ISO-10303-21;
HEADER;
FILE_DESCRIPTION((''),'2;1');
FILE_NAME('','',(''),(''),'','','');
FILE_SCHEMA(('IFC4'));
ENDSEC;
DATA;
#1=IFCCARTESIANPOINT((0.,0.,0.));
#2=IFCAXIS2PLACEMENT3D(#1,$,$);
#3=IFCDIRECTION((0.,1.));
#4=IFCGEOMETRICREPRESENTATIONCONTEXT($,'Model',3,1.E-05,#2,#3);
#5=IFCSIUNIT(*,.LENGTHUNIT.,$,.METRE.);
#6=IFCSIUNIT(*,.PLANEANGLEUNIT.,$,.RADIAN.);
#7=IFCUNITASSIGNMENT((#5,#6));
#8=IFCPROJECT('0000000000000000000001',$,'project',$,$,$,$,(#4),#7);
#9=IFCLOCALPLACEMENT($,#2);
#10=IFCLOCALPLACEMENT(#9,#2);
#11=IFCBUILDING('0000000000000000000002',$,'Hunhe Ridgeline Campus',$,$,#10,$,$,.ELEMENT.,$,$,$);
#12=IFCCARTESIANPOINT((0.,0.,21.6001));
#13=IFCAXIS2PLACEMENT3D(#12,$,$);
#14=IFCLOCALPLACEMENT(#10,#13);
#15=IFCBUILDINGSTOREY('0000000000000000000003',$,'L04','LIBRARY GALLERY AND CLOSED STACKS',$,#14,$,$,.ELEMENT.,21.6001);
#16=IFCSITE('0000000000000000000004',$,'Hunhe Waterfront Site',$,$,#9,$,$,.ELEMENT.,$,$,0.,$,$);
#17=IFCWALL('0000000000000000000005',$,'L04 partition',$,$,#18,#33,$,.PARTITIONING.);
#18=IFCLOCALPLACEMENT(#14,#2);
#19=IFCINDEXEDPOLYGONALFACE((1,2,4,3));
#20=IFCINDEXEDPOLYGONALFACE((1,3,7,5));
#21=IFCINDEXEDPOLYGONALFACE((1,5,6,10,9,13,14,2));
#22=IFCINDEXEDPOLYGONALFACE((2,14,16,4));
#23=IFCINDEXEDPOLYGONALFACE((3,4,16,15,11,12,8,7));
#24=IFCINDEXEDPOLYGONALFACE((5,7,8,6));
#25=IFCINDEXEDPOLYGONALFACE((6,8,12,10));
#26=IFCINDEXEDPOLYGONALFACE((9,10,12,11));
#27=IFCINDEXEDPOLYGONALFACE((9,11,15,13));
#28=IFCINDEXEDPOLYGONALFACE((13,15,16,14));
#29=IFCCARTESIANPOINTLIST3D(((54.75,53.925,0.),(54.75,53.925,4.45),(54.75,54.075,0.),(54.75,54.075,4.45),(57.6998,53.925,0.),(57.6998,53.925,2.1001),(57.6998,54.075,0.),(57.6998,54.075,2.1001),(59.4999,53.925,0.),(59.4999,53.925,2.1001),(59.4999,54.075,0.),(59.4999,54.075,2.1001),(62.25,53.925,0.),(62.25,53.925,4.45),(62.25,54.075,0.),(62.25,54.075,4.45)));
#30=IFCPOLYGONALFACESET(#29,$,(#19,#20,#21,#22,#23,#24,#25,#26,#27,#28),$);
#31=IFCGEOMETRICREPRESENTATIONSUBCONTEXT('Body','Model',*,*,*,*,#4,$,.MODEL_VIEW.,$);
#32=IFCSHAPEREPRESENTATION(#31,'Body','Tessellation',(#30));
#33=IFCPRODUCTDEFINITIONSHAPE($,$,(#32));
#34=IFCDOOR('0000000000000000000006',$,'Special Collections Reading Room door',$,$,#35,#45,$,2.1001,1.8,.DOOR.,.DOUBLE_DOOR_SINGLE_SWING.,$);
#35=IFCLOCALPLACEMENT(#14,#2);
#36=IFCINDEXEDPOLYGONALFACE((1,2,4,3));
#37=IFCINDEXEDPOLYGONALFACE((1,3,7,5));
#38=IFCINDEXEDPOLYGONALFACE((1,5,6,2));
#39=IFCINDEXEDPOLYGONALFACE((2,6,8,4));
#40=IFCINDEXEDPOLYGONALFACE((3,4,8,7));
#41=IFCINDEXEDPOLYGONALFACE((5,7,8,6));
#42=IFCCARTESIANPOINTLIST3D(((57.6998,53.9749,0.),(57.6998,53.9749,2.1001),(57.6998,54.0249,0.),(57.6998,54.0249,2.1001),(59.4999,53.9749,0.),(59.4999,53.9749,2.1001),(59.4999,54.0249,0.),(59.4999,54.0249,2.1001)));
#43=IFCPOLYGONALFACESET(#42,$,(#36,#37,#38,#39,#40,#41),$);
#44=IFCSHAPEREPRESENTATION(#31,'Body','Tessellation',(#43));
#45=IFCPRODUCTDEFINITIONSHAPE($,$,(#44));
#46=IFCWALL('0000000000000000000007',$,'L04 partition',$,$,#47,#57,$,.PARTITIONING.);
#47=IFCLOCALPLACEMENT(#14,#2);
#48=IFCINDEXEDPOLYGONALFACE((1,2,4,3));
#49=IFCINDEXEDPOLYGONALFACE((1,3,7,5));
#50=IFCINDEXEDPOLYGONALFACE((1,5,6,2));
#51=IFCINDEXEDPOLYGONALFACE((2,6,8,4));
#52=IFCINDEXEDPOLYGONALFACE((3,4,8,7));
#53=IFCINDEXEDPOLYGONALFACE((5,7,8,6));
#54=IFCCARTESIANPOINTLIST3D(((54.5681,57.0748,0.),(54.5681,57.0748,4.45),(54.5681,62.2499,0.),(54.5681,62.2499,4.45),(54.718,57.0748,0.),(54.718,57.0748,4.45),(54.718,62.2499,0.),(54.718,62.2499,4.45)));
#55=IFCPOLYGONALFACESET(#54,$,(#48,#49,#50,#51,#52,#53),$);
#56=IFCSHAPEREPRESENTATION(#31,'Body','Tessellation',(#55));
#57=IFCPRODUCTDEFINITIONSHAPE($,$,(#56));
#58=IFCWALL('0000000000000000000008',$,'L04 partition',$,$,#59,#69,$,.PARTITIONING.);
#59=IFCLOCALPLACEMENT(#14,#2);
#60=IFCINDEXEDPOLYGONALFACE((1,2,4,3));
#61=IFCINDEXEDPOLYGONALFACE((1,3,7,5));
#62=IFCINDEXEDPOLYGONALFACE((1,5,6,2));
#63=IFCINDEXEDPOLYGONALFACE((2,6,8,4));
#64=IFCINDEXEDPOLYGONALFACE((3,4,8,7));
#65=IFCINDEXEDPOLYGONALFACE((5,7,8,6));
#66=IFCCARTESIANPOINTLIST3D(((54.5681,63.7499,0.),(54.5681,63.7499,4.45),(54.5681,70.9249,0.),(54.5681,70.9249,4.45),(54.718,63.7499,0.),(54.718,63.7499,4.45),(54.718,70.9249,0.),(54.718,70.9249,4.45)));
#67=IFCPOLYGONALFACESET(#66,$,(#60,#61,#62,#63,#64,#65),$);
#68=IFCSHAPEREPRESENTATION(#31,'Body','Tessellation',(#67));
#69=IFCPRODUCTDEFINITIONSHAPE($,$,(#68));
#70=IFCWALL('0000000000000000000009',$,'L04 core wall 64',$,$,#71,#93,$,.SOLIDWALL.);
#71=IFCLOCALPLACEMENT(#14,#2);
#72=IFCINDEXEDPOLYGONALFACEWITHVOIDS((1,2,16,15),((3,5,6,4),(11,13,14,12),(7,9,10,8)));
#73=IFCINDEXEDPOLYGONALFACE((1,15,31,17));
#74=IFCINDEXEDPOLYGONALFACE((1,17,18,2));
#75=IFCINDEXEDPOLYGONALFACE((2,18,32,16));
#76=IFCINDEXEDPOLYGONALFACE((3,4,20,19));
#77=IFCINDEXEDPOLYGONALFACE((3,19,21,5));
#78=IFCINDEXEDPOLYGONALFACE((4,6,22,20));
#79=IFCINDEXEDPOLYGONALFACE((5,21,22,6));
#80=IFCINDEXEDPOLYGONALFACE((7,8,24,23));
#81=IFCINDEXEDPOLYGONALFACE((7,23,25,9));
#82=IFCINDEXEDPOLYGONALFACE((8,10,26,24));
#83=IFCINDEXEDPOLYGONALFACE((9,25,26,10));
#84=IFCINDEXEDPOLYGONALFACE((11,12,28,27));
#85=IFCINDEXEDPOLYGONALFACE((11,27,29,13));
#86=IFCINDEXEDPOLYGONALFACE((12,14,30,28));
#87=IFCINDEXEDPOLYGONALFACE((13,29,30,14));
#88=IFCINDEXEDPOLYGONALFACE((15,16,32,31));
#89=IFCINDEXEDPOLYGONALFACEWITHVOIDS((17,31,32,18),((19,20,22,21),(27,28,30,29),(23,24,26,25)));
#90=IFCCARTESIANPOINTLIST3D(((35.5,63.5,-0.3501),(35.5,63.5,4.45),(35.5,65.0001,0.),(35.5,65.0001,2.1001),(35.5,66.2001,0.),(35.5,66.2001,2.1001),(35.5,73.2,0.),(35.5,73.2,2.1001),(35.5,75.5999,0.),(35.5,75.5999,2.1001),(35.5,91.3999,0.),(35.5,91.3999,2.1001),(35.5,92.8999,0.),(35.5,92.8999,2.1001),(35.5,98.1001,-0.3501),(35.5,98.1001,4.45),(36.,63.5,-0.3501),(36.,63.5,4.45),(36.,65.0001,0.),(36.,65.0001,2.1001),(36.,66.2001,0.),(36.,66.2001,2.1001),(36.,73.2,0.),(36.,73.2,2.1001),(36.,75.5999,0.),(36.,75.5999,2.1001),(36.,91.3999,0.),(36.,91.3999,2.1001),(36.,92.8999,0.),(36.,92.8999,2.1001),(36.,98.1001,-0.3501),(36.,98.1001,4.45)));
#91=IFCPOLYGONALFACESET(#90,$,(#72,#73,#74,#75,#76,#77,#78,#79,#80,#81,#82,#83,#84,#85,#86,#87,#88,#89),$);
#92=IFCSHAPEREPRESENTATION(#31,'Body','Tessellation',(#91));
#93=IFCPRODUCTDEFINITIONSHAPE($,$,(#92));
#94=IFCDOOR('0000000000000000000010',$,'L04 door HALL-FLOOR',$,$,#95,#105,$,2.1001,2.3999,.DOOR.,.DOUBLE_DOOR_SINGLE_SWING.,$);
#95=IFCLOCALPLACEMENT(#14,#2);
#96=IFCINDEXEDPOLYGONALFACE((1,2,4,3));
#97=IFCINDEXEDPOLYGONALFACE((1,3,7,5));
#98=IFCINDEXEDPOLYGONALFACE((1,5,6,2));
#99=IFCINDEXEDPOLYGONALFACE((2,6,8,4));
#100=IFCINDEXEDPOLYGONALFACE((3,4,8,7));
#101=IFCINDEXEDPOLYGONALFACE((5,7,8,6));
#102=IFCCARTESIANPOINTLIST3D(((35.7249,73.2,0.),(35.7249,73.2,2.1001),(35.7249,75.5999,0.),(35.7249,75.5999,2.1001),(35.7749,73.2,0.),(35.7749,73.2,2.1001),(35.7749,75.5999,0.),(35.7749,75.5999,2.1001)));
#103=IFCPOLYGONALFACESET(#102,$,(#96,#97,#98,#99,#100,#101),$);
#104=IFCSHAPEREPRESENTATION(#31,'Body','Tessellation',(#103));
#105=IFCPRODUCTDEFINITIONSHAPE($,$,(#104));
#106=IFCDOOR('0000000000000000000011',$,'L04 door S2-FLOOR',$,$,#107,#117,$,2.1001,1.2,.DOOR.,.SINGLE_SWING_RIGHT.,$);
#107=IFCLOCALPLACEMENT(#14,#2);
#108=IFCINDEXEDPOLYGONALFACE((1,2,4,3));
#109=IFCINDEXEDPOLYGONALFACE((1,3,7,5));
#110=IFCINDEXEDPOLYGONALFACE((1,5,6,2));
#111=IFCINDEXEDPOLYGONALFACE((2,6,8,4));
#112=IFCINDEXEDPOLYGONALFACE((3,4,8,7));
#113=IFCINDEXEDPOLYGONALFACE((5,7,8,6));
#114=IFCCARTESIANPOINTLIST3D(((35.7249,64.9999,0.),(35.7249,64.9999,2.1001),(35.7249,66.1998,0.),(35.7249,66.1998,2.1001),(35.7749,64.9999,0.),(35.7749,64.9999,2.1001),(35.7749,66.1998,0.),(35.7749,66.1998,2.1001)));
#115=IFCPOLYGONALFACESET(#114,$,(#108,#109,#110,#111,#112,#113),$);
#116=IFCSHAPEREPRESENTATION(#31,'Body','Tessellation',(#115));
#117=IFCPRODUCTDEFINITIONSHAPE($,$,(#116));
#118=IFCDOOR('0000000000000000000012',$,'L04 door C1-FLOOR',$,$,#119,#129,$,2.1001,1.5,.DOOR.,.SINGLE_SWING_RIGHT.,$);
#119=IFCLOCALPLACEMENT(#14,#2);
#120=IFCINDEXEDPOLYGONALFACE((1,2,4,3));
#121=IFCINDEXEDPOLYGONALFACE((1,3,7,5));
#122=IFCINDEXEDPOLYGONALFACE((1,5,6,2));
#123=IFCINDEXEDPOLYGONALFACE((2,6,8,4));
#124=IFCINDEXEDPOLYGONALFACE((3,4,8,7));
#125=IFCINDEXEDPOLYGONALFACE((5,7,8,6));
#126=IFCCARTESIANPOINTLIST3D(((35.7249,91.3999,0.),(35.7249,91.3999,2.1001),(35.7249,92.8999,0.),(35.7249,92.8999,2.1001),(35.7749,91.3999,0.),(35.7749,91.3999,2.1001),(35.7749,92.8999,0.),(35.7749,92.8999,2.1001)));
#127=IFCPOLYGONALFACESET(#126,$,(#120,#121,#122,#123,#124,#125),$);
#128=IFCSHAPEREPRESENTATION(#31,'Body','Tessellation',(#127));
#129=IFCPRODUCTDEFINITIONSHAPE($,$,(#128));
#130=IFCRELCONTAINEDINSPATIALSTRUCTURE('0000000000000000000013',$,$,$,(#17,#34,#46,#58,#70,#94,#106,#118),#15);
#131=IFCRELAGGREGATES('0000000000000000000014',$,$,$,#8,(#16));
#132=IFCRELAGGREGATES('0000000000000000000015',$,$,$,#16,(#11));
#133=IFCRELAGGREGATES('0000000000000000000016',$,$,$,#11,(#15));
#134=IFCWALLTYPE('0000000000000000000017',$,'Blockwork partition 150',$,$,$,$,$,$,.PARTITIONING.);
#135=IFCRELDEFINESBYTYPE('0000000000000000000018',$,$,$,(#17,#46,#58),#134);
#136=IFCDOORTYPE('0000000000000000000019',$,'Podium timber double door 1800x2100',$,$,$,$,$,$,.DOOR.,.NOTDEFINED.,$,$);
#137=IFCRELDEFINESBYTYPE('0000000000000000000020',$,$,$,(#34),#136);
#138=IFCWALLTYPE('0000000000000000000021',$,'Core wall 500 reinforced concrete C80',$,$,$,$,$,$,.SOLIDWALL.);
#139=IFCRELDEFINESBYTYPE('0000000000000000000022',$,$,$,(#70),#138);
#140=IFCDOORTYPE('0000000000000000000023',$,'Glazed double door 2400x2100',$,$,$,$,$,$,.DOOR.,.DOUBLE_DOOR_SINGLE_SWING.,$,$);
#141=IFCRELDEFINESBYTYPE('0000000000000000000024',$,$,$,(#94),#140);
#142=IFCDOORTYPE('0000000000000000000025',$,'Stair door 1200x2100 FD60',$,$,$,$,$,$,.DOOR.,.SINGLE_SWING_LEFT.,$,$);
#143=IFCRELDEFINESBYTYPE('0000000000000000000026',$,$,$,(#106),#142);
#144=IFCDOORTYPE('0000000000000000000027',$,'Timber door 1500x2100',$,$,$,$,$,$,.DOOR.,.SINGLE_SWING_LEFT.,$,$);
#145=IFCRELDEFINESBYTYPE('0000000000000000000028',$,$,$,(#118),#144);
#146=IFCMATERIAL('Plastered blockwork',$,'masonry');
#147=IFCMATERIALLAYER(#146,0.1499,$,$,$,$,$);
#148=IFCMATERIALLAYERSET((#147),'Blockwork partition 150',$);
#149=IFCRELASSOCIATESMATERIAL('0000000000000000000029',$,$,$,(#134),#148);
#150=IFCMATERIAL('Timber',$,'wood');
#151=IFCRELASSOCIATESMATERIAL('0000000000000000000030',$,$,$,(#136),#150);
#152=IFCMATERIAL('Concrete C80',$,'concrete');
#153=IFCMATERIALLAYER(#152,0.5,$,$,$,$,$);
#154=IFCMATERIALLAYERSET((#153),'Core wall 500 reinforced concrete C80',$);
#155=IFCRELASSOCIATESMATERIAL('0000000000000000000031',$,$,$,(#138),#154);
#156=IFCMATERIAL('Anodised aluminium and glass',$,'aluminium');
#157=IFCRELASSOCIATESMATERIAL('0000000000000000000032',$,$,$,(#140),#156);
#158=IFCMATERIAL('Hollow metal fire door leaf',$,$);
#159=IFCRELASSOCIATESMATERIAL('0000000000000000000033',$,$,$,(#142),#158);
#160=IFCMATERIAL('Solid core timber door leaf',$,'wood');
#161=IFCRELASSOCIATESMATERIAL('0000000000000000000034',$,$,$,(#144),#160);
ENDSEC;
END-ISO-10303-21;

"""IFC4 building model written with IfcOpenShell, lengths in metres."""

from ifc_helpers import new_model, si_unit, direction, frame, frame_2d, origin, place, context, subcontext, project, spatial, rectangle, extrude, material, layer, layer_set, type_object, element, fill, save


model = new_model("IFC4")

# Units and contexts
model_context = context("Model", 3, precision=1e-05, world=origin(), true_north=direction((0.0, 1.0)))
body_context = subcontext(model_context, "Body", "Model", "MODEL_VIEW")
ifc_project = project(units=[si_unit("LENGTHUNIT", "METRE"), si_unit("PLANEANGLEUNIT", "RADIAN")], contexts=[model_context])

# Site, building, storey
site_placement = place(None, origin())
site = spatial("IfcSite", under=ifc_project, at=site_placement, Name="Hunhe Waterfront Site", CompositionType="ELEMENT", RefElevation=0.0)
building_placement = place(site_placement, origin())
building = spatial("IfcBuilding", under=site, at=building_placement, Name="Hunhe Ridgeline Campus", CompositionType="ELEMENT")
storey_placement = place(building_placement, frame((0.0, 0.0, 21.6001)))
storey = spatial("IfcBuildingStorey", under=building, at=storey_placement, Name="L04", Description="LIBRARY GALLERY AND CLOSED STACKS", CompositionType="ELEMENT", Elevation=21.6001)

# Shared definitions
ifc_material_1 = material(Name="Concrete C80", Category="concrete")

# Shared definitions
ifc_material_2 = material(Name="Plastered blockwork", Category="masonry")
ifc_layer_1 = layer(ifc_material_2, 0.1499)
ifc_layer_set_1 = layer_set([ifc_layer_1], Name="Blockwork partition 150")
wall_type_1 = type_object("IfcWallType", Name="Blockwork partition 150", PredefinedType="PARTITIONING", material=ifc_layer_set_1)

# Shared definitions
ifc_material_3 = material(Name="Timber", Category="wood")

# Wall, opening, door
wall_1_placement = place(storey_placement, frame((54.75, 54.0, 0.0), z_axis=(0.0, 0.0, 1.0), x_axis=(1.0, 0.0, 0.0)))
wall_1 = element("IfcWall", 1, at=wall_1_placement, inside=storey, type_object=wall_type_1, Name="L04 partition", PredefinedType="PARTITIONING", context=body_context, shape_type="SweptSolid", body=[
    extrude(rectangle(XDim=7.5, YDim=0.1499, at=frame_2d((3.75, 0.0))), origin(), (0.0, 0.0, 1.0), 4.45),
])
opening_1_placement = place(wall_1_placement, frame((2.95, 0.0, 0.0)))
opening_1 = element("IfcOpeningElement", 2, at=opening_1_placement, cuts=wall_1, PredefinedType="OPENING", context=body_context, shape_type="SweptSolid", body=[
    extrude(rectangle(XDim=1.8, YDim=2.1001, at=frame_2d((0.8999, 1.05))), frame((0.0, 0.075, 0.0), z_axis=(0.0, -1.0, 0.0), x_axis=(1.0, 0.0, 0.0)), (0.0, 0.0, 1.0), 0.1499),
])
door_type_1 = type_object("IfcDoorType", Name="Podium timber double door 1800x2100", OperationType="NOTDEFINED", PredefinedType="DOOR", material=ifc_material_3)
door_1_placement = place(opening_1_placement, origin())
door_1 = element("IfcDoor", 3, at=door_1_placement, inside=storey, type_object=door_type_1, Name="Special Collections Reading Room door", OperationType="DOUBLE_DOOR_SINGLE_SWING", OverallHeight=2.1001, OverallWidth=1.8, PredefinedType="DOOR", context=body_context, shape_type="SweptSolid", body=[
    extrude(rectangle(XDim=1.8, YDim=2.1001, at=frame_2d((0.8999, 1.05))), frame((0.0, 0.0249, 0.0), z_axis=(0.0, -1.0, 0.0), x_axis=(1.0, 0.0, 0.0)), (0.0, 0.0, 1.0), 0.05),
])
fill(opening_1, door_1)

# Walls
wall_2_placement = place(storey_placement, frame((54.6431, 57.075, 0.0), z_axis=(0.0, 0.0, 1.0), x_axis=(0.0, 1.0, 0.0)))
element("IfcWall", 4, at=wall_2_placement, inside=storey, type_object=wall_type_1, Name="L04 partition", PredefinedType="PARTITIONING", context=body_context, shape_type="SweptSolid", body=[
    extrude(rectangle(XDim=5.175, YDim=0.1499, at=frame_2d((2.5874, 0.0))), origin(), (0.0, 0.0, 1.0), 4.45),
])
wall_3_placement = place(storey_placement, frame((54.6431, 63.75, 0.0), z_axis=(0.0, 0.0, 1.0), x_axis=(0.0, 1.0, 0.0)))
element("IfcWall", 5, at=wall_3_placement, inside=storey, type_object=wall_type_1, Name="L04 partition", PredefinedType="PARTITIONING", context=body_context, shape_type="SweptSolid", body=[
    extrude(rectangle(XDim=7.175, YDim=0.1499, at=frame_2d((3.5874, 0.0))), origin(), (0.0, 0.0, 1.0), 4.45),
])

# Wall, openings, doors
ifc_layer_2 = layer(ifc_material_1, 0.5)
ifc_layer_set_2 = layer_set([ifc_layer_2], Name="Core wall 500 reinforced concrete C80")
wall_type_2 = type_object("IfcWallType", Name="Core wall 500 reinforced concrete C80", PredefinedType="SOLIDWALL", material=ifc_layer_set_2)
wall_4_placement = place(storey_placement, frame((35.75, 63.5, -0.3501), z_axis=(0.0, 0.0, 1.0), x_axis=(0.0, 1.0, 0.0)))
wall_4 = element("IfcWall", 6, at=wall_4_placement, inside=storey, type_object=wall_type_2, Name="L04 core wall 64", PredefinedType="SOLIDWALL", context=body_context, shape_type="SweptSolid", body=[
    extrude(rectangle(XDim=34.6001, YDim=0.5, at=frame_2d((17.3, 0.0))), origin(), (0.0, 0.0, 1.0), 4.8),
])
opening_2_placement = place(wall_4_placement, frame((9.7, 0.0, 0.3501)))
opening_2 = element("IfcOpeningElement", 7, at=opening_2_placement, cuts=wall_4, PredefinedType="OPENING", context=body_context, shape_type="SweptSolid", body=[
    extrude(rectangle(XDim=2.3999, YDim=2.1001, at=frame_2d((1.2, 1.05))), frame((0.0, 0.25, 0.0), z_axis=(0.0, -1.0, 0.0), x_axis=(1.0, 0.0, 0.0)), (0.0, 0.0, 1.0), 0.5),
])
opening_3_placement = place(wall_4_placement, frame((27.8999, 0.0, 0.3501)))
opening_3 = element("IfcOpeningElement", 8, at=opening_3_placement, cuts=wall_4, PredefinedType="OPENING", context=body_context, shape_type="SweptSolid", body=[
    extrude(rectangle(XDim=1.5, YDim=2.1001, at=frame_2d((0.75, 1.05))), frame((0.0, 0.25, 0.0), z_axis=(0.0, -1.0, 0.0), x_axis=(1.0, 0.0, 0.0)), (0.0, 0.0, 1.0), 0.5),
])
opening_4_placement = place(wall_4_placement, frame((1.5, 0.0, 0.3501)))
opening_4 = element("IfcOpeningElement", 9, at=opening_4_placement, cuts=wall_4, PredefinedType="OPENING", context=body_context, shape_type="SweptSolid", body=[
    extrude(rectangle(XDim=1.2, YDim=2.1001, at=frame_2d((0.6001, 1.05))), frame((0.0, 0.25, 0.0), z_axis=(0.0, -1.0, 0.0), x_axis=(1.0, 0.0, 0.0)), (0.0, 0.0, 1.0), 0.5),
])
ifc_material_4 = material(Name="Anodised aluminium and glass", Category="aluminium")
door_type_2 = type_object("IfcDoorType", Name="Glazed double door 2400x2100", OperationType="DOUBLE_DOOR_SINGLE_SWING", PredefinedType="DOOR", material=ifc_material_4)
door_2_placement = place(opening_2_placement, frame((2.3999, 0.0, 0.0), z_axis=(0.0, 0.0, 1.0), x_axis=(-1.0, 0.0, 0.0)))
door_2 = element("IfcDoor", 10, at=door_2_placement, inside=storey, type_object=door_type_2, Name="L04 door HALL-FLOOR", OperationType="DOUBLE_DOOR_SINGLE_SWING", OverallHeight=2.1001, OverallWidth=2.3999, PredefinedType="DOOR", context=body_context, shape_type="SweptSolid", body=[
    extrude(rectangle(XDim=2.3999, YDim=2.1001, at=frame_2d((1.2, 1.05))), frame((0.0, 0.0249, 0.0), z_axis=(0.0, -1.0, 0.0), x_axis=(1.0, 0.0, 0.0)), (0.0, 0.0, 1.0), 0.05),
])
fill(opening_2, door_2)
ifc_material_5 = material(Name="Hollow metal fire door leaf")
door_type_3 = type_object("IfcDoorType", Name="Stair door 1200x2100 FD60", OperationType="SINGLE_SWING_LEFT", PredefinedType="DOOR", material=ifc_material_5)
door_3_placement = place(opening_4_placement, frame((1.2, 0.0, 0.0), z_axis=(0.0, 0.0, 1.0), x_axis=(-1.0, 0.0, 0.0)))
door_3 = element("IfcDoor", 11, at=door_3_placement, inside=storey, type_object=door_type_3, Name="L04 door S2-FLOOR", OperationType="SINGLE_SWING_RIGHT", OverallHeight=2.1001, OverallWidth=1.2, PredefinedType="DOOR", context=body_context, shape_type="SweptSolid", body=[
    extrude(rectangle(XDim=1.2, YDim=2.1001, at=frame_2d((0.6001, 1.05))), frame((0.0, 0.0249, 0.0), z_axis=(0.0, -1.0, 0.0), x_axis=(1.0, 0.0, 0.0)), (0.0, 0.0, 1.0), 0.05),
])
fill(opening_4, door_3)
ifc_material_6 = material(Name="Solid core timber door leaf", Category="wood")
door_type_4 = type_object("IfcDoorType", Name="Timber door 1500x2100", OperationType="SINGLE_SWING_LEFT", PredefinedType="DOOR", material=ifc_material_6)
door_4_placement = place(opening_3_placement, frame((1.5, 0.0, 0.0), z_axis=(0.0, 0.0, 1.0), x_axis=(-1.0, 0.0, 0.0)))
door_4 = element("IfcDoor", 12, at=door_4_placement, inside=storey, type_object=door_type_4, Name="L04 door C1-FLOOR", OperationType="SINGLE_SWING_RIGHT", OverallHeight=2.1001, OverallWidth=1.5, PredefinedType="DOOR", context=body_context, shape_type="SweptSolid", body=[
    extrude(rectangle(XDim=1.5, YDim=2.1001, at=frame_2d((0.75, 1.05))), frame((0.0, 0.0249, 0.0), z_axis=(0.0, -1.0, 0.0), x_axis=(1.0, 0.0, 0.0)), (0.0, 0.0, 1.0), 0.05),
])
fill(opening_3, door_4)

save(model, "model.ifc")
